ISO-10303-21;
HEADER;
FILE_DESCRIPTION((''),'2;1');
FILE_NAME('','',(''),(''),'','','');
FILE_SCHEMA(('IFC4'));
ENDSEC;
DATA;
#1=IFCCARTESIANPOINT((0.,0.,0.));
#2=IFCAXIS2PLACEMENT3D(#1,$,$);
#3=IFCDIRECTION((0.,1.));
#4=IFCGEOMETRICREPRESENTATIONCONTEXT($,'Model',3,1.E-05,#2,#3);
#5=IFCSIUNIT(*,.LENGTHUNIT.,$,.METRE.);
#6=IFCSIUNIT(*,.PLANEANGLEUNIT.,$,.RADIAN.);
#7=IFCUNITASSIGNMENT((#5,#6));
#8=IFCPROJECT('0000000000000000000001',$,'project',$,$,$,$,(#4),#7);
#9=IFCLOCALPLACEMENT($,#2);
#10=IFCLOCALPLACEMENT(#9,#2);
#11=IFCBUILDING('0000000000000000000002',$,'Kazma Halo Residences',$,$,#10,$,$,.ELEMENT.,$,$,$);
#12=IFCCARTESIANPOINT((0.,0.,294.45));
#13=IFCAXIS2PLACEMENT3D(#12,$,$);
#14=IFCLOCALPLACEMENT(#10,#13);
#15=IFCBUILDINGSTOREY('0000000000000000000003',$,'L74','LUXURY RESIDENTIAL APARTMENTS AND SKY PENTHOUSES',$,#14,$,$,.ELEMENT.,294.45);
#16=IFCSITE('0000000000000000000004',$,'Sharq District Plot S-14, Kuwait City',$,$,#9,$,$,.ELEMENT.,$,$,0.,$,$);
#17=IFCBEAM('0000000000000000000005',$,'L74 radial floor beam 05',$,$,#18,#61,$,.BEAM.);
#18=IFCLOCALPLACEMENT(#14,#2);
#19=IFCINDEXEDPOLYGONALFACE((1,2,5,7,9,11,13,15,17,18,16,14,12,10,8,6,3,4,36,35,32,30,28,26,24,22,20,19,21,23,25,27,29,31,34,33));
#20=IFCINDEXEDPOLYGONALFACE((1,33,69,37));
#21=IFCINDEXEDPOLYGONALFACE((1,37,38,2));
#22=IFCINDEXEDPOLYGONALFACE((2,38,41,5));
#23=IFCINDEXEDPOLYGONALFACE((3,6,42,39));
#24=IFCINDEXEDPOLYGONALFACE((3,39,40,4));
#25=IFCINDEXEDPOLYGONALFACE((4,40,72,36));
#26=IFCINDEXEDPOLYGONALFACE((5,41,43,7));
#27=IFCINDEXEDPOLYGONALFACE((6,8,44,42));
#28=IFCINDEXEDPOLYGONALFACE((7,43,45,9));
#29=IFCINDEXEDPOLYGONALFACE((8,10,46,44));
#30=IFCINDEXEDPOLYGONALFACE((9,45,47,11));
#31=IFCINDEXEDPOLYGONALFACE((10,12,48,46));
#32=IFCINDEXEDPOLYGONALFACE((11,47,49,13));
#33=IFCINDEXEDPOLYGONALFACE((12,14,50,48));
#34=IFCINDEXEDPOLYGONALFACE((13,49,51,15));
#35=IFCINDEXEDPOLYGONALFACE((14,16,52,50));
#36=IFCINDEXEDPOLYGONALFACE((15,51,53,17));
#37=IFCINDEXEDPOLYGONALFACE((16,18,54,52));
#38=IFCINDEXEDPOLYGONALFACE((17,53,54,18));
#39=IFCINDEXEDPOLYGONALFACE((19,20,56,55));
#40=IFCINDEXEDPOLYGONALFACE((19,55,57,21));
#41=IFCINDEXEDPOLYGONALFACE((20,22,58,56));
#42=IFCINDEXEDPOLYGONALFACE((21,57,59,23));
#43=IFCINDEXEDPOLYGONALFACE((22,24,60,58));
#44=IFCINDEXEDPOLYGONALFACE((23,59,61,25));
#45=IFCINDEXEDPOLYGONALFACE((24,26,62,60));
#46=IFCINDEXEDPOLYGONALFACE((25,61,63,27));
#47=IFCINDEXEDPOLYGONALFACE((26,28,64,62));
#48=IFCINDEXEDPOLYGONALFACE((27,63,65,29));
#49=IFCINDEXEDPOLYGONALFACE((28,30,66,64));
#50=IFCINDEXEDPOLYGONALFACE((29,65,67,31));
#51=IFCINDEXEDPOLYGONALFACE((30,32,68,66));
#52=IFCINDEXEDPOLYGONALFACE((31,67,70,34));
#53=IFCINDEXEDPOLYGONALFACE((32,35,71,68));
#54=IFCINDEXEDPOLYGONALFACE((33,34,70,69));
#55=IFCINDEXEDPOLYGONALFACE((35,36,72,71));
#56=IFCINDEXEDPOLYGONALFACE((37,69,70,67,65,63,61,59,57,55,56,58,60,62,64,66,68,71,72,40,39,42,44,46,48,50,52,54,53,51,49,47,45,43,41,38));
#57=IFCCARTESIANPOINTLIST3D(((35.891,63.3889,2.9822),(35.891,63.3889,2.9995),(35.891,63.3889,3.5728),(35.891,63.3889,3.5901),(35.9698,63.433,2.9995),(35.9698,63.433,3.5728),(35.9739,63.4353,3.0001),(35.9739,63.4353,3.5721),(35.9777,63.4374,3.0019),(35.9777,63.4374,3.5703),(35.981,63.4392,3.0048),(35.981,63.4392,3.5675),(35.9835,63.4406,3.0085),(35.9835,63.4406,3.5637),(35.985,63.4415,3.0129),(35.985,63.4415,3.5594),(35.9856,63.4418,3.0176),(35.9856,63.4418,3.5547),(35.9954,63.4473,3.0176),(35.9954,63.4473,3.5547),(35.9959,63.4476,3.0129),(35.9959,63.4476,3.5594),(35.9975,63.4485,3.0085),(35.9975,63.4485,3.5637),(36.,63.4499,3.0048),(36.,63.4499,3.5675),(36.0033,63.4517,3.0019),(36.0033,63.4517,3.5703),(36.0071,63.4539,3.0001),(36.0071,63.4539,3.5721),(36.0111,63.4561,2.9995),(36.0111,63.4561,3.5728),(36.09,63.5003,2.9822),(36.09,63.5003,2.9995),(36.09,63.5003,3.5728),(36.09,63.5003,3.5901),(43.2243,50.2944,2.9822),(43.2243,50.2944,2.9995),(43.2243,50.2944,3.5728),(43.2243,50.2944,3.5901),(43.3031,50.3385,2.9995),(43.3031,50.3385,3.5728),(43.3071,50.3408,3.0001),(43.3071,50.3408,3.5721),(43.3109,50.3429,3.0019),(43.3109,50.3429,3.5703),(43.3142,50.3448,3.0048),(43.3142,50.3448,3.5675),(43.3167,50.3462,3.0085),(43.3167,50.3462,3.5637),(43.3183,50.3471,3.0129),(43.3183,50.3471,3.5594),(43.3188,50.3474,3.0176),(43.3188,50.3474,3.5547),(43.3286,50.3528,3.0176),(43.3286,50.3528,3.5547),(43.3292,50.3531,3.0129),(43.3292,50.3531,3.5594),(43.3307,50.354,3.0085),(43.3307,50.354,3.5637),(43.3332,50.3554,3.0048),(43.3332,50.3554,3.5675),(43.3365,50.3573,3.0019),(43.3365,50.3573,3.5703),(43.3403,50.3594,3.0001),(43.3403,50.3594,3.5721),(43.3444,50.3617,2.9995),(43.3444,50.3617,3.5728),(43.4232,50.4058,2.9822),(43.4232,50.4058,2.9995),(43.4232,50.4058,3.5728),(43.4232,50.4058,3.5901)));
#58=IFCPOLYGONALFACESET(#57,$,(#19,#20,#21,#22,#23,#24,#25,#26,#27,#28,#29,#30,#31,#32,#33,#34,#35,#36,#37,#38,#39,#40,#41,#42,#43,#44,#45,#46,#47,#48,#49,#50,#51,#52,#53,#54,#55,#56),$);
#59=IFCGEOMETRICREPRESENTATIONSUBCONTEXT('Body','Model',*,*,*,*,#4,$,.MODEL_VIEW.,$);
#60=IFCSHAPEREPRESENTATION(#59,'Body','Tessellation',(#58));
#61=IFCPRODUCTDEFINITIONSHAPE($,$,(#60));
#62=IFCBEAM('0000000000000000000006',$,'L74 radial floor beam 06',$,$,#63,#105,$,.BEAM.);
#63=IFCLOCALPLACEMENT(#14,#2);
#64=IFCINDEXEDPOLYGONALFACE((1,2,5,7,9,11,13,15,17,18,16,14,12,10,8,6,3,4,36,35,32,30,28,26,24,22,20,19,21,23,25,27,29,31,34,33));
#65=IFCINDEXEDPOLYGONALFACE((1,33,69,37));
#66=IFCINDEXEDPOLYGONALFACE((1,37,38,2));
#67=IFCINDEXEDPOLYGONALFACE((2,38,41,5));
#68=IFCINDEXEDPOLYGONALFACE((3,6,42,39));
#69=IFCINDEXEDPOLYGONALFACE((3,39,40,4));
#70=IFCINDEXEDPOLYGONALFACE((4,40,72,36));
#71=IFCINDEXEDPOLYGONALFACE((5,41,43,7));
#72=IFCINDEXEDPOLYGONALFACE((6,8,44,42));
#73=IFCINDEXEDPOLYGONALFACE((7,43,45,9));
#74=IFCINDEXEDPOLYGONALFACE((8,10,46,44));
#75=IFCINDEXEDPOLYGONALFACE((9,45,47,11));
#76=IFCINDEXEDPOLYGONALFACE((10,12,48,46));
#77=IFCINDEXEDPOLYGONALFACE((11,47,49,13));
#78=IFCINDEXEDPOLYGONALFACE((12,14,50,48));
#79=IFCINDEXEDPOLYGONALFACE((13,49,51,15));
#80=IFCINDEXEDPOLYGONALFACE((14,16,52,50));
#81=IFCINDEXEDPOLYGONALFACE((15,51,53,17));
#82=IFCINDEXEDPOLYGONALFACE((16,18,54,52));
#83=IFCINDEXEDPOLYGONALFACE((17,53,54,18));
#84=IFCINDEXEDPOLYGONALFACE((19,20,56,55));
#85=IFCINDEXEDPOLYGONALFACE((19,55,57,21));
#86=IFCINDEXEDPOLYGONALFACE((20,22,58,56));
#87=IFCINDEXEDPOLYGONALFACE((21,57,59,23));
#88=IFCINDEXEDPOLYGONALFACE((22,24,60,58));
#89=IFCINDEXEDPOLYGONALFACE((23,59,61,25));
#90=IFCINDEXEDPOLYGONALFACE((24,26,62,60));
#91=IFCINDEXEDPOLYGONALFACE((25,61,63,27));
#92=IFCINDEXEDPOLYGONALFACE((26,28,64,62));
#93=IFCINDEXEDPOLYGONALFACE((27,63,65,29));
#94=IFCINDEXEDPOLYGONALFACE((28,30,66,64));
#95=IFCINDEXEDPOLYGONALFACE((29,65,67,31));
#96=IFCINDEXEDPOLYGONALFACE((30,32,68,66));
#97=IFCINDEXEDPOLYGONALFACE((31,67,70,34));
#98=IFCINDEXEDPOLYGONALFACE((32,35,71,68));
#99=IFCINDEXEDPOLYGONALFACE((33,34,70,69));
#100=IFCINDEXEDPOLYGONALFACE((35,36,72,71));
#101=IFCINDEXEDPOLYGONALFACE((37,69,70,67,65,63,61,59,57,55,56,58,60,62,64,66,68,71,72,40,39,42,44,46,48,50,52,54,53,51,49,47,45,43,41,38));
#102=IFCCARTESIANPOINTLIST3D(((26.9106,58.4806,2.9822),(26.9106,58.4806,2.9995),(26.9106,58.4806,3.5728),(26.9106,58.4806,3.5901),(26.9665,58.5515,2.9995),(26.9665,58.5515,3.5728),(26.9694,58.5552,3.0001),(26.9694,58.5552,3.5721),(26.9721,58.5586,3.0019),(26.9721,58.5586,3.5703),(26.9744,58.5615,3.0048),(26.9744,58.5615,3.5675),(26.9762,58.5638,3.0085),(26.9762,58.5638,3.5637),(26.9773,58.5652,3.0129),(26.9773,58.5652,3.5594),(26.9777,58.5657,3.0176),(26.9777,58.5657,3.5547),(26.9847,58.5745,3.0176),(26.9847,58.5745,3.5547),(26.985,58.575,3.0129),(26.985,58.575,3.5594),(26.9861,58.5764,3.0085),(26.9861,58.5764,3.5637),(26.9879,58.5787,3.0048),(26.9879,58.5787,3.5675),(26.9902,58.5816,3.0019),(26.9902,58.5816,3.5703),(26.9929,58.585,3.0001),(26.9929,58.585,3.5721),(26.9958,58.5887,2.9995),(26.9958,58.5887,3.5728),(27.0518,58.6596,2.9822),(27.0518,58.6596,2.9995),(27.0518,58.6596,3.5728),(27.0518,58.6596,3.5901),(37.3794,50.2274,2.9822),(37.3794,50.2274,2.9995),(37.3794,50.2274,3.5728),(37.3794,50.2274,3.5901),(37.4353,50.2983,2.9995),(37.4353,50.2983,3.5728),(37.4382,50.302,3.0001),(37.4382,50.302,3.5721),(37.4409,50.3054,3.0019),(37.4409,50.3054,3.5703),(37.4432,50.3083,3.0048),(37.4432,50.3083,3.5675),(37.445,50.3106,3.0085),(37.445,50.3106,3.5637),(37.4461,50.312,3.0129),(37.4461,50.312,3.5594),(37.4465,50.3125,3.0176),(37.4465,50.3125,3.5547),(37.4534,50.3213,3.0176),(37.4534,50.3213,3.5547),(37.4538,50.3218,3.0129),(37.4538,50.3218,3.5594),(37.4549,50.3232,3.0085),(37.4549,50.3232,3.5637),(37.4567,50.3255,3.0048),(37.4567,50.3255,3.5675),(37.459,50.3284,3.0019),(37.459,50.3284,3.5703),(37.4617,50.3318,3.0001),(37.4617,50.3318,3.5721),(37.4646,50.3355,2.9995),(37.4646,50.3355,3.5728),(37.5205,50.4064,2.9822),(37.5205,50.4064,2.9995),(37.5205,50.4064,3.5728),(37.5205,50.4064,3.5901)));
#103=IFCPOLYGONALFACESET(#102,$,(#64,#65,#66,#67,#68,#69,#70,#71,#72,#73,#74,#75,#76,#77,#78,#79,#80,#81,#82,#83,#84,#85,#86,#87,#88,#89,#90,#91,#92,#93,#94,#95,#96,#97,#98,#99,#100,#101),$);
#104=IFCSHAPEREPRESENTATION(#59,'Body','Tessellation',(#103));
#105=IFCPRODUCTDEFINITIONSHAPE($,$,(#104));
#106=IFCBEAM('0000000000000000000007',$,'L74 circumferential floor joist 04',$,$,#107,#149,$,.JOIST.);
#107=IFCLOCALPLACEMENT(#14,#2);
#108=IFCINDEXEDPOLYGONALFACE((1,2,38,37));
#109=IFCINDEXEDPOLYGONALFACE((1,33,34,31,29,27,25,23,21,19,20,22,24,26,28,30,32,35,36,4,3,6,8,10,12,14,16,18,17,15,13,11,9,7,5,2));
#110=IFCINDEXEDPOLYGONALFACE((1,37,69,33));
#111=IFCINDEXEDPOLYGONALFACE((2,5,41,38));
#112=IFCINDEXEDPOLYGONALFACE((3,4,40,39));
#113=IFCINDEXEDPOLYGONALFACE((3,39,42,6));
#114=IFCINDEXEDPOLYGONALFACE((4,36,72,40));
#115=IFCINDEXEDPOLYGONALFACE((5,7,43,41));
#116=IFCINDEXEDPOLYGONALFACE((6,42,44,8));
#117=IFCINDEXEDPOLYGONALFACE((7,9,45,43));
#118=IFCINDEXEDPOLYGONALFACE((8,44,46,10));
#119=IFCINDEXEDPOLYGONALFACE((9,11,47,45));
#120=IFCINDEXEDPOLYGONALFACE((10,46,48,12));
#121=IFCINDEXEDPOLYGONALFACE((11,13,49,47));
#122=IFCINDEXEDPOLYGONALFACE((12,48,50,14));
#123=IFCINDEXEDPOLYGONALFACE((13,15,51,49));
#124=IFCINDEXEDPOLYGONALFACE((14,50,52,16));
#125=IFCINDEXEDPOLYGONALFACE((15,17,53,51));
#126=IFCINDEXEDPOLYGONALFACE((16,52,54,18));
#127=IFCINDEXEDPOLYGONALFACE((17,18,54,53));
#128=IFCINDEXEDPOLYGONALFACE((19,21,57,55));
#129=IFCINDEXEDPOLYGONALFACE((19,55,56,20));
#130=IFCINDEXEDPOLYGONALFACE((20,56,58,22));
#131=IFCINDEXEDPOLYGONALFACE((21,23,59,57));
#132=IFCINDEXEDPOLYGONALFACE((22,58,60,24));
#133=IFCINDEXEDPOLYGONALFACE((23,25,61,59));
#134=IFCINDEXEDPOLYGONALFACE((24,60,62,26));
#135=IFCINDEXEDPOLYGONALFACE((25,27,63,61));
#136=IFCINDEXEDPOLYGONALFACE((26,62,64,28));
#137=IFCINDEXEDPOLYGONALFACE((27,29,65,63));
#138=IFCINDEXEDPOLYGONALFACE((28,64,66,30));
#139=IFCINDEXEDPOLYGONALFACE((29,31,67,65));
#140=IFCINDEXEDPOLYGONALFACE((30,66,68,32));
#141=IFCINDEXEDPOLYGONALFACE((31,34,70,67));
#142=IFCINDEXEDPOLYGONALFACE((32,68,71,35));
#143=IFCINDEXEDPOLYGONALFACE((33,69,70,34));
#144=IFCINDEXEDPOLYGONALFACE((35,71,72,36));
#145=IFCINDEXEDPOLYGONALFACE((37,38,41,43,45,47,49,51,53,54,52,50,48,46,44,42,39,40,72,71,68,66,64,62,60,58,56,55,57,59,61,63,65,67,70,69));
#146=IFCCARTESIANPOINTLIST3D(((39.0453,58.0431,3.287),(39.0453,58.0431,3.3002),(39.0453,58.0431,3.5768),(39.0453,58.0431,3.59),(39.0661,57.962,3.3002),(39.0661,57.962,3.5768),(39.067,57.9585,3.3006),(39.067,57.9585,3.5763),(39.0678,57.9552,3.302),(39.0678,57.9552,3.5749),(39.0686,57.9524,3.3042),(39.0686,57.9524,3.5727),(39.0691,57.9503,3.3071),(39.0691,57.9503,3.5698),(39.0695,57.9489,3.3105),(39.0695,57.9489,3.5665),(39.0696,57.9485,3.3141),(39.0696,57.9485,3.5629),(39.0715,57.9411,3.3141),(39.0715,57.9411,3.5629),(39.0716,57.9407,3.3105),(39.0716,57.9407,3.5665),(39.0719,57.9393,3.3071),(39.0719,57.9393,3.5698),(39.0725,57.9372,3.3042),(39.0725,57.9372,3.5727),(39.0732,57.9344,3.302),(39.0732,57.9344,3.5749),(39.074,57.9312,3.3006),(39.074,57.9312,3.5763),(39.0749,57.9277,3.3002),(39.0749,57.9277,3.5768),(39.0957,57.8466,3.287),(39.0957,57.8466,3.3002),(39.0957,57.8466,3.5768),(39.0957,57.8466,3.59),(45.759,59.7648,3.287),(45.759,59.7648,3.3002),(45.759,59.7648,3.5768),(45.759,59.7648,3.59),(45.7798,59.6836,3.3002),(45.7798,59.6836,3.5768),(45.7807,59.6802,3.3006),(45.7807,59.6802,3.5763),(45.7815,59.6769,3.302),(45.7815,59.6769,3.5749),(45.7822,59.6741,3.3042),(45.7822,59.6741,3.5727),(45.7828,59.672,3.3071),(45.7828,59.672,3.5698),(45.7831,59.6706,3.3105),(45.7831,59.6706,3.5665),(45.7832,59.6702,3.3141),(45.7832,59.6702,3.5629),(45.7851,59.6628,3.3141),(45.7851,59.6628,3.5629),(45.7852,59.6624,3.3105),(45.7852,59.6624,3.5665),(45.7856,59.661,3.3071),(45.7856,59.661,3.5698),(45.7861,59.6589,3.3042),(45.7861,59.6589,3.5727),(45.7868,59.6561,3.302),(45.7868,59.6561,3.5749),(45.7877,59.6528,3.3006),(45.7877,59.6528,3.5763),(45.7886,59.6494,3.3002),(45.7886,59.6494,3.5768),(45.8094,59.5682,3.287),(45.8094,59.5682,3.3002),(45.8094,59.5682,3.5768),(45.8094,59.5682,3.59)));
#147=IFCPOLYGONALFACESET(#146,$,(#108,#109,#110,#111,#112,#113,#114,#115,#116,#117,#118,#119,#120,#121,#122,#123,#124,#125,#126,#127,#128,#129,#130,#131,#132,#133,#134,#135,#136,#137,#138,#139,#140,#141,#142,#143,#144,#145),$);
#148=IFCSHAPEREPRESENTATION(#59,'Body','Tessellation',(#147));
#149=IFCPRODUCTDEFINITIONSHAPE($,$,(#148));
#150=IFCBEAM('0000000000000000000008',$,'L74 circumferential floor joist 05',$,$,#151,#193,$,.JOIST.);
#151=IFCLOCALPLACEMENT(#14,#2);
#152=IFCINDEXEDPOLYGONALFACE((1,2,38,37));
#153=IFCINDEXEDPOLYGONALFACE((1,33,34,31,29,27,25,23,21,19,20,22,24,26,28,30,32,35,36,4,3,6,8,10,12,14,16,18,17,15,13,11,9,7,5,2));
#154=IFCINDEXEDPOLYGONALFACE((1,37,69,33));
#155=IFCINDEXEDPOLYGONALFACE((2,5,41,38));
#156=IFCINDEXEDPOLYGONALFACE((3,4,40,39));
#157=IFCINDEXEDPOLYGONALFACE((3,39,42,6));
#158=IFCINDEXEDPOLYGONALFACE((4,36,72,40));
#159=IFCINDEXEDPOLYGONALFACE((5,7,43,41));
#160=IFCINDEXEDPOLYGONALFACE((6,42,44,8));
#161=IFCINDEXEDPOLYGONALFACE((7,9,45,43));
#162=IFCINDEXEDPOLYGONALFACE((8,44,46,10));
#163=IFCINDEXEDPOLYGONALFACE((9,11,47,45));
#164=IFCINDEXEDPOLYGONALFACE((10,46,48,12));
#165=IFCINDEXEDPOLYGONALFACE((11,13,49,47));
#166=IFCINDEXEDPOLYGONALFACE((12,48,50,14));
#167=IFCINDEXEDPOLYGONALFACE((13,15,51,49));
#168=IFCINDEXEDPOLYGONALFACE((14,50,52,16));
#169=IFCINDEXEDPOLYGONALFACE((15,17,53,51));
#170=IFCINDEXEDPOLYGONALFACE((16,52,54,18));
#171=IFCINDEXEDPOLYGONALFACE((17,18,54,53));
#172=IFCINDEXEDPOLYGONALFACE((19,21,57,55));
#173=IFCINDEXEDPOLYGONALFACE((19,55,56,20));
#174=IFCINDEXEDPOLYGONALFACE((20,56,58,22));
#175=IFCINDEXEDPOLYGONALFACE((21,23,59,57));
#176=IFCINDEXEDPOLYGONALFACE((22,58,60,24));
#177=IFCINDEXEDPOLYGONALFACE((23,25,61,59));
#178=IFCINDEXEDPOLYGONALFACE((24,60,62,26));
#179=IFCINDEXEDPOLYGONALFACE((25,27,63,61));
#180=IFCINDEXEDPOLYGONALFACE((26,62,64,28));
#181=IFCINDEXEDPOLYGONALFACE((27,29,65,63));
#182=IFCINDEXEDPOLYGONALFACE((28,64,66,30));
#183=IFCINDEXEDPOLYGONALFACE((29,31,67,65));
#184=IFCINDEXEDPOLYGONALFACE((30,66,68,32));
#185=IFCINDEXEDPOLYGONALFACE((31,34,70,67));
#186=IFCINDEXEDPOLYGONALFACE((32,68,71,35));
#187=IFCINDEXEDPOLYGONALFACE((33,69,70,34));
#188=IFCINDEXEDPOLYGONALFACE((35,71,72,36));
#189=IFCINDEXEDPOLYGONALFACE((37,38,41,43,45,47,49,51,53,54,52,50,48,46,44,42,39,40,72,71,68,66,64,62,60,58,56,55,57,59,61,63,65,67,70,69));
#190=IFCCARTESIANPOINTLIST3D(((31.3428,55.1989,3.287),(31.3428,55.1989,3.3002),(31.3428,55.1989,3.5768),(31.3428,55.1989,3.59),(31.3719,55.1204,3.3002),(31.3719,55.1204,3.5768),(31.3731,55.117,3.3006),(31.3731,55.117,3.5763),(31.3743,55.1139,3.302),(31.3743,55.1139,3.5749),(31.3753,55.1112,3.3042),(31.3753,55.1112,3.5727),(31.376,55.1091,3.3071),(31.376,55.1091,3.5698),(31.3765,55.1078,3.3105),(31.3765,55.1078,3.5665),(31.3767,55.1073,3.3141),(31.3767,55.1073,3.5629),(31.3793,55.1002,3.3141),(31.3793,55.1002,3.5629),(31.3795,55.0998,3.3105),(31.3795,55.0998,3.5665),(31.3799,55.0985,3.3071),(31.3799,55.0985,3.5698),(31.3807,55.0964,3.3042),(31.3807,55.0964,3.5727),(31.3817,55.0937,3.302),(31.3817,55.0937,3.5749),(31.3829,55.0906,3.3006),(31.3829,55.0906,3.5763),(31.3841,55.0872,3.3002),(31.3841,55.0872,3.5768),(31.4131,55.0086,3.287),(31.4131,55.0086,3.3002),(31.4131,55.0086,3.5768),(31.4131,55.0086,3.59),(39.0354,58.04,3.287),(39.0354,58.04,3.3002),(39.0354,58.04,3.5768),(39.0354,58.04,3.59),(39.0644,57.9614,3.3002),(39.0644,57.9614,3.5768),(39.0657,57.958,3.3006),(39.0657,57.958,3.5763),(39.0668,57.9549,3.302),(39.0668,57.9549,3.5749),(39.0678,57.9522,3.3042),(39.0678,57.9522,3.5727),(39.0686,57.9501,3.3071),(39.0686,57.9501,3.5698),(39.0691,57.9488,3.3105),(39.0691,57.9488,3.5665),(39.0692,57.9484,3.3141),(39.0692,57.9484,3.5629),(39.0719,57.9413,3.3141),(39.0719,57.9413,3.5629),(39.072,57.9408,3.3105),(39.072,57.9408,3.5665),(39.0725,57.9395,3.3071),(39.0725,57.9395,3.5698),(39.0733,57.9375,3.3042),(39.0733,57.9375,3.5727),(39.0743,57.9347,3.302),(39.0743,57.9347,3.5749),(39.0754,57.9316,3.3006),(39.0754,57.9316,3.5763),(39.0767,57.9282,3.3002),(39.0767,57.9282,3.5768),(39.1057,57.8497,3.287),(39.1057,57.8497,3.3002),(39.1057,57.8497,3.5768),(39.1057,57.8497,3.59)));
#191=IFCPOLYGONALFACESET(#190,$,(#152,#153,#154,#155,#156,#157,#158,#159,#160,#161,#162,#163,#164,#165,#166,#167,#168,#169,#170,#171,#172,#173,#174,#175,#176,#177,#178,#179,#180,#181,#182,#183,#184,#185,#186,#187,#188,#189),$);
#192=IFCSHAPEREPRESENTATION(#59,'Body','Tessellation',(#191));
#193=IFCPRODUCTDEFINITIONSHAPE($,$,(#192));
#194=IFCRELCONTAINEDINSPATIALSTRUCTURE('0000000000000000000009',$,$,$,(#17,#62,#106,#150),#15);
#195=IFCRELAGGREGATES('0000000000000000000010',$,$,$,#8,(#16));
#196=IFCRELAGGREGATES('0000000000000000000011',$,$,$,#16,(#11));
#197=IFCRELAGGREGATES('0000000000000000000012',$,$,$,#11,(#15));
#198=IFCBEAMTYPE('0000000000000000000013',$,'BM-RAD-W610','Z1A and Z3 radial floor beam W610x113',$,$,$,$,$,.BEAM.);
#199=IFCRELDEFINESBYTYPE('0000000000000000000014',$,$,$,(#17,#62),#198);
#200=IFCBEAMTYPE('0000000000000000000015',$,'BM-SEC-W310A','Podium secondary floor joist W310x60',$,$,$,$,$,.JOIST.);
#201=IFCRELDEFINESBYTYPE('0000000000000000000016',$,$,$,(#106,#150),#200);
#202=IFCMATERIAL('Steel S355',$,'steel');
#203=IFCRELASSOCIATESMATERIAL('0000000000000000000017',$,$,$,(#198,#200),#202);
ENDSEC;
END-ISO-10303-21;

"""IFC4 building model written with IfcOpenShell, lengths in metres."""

from ifc_helpers import new_model, si_unit, direction, frame, origin, origin_2d, place, context, subcontext, project, spatial, i_section, extrude, material, material_profile, profile_set, type_object, element, save


model = new_model("IFC4")

# Units and contexts
model_context = context("Model", 3, precision=1e-05, world=origin(), true_north=direction((0.0, 1.0)))
body_context = subcontext(model_context, "Body", "Model", "MODEL_VIEW")
ifc_project = project(units=[si_unit("LENGTHUNIT", "METRE"), si_unit("PLANEANGLEUNIT", "RADIAN")], contexts=[model_context])

# Site, building, storey
site_placement = place(None, origin())
site = spatial("IfcSite", under=ifc_project, at=site_placement, Name="Sharq District Plot S-14, Kuwait City", CompositionType="ELEMENT", RefElevation=0.0)
building_placement = place(site_placement, origin())
building = spatial("IfcBuilding", under=site, at=building_placement, Name="Kazma Halo Residences", CompositionType="ELEMENT")
storey_placement = place(building_placement, frame((0.0, 0.0, 294.45)))
storey = spatial("IfcBuildingStorey", under=building, at=storey_placement, Name="L74", Description="LUXURY RESIDENTIAL APARTMENTS AND SKY PENTHOUSES", CompositionType="ELEMENT", Elevation=294.45)

# Beams
ifc_material_1 = material(Name="Steel S355", Category="steel")
ifc_material_profile_1 = material_profile(ifc_material_1, i_section(OverallWidth=0.228, OverallDepth=0.6079, WebThickness=0.0112, FlangeThickness=0.0173, FilletRadius=0.0181, at=origin_2d()), Name="W610x113")
ifc_profile_set_1 = profile_set([ifc_material_profile_1], Name="Steel S355")
beam_type_1 = type_object("IfcBeamType", Name="BM-RAD-W610", Description="Z1A and Z3 radial floor beam W610x113", PredefinedType="BEAM", material=ifc_profile_set_1)
beam_1_placement = place(storey_placement, frame((43.3237, 50.3501, 3.2861), z_axis=(-0.488621, 0.872496, 0.0), x_axis=(-0.872496, -0.488621, 0.0)))
element("IfcBeam", 1, at=beam_1_placement, inside=storey, type_object=beam_type_1, Name="L74 radial floor beam 05", PredefinedType="BEAM", context=body_context, shape_type="SweptSolid", body=[
    extrude(i_section(OverallWidth=0.228, OverallDepth=0.6079, WebThickness=0.0112, FlangeThickness=0.0173, FilletRadius=0.0181, at=origin_2d()), origin(), (0.0, 0.0, 1.0), 15.0081),
])
beam_2_placement = place(storey_placement, frame((37.45, 50.3169, 3.2861), z_axis=(-0.785307, 0.619107, 0.0), x_axis=(-0.619107, -0.785307, 0.0)))
element("IfcBeam", 2, at=beam_2_placement, inside=storey, type_object=beam_type_1, Name="L74 radial floor beam 06", PredefinedType="BEAM", context=body_context, shape_type="SweptSolid", body=[
    extrude(i_section(OverallWidth=0.228, OverallDepth=0.6079, WebThickness=0.0112, FlangeThickness=0.0173, FilletRadius=0.0181, at=origin_2d()), origin(), (0.0, 0.0, 1.0), 13.3308),
])
ifc_material_profile_2 = material_profile(ifc_material_1, i_section(OverallWidth=0.2029, OverallDepth=0.303, WebThickness=0.0076, FlangeThickness=0.0132, FilletRadius=0.0139, at=origin_2d()), Name="W310x60")
ifc_profile_set_2 = profile_set([ifc_material_profile_2], Name="Steel S355")
beam_type_2 = type_object("IfcBeamType", Name="BM-SEC-W310A", Description="Podium secondary floor joist W310x60", PredefinedType="JOIST", material=ifc_profile_set_2)
beam_3_placement = place(storey_placement, frame((45.7842, 59.6665, 3.4385), z_axis=(-0.968656, -0.248408, 0.0), x_axis=(0.248408, -0.968656, 0.0)))
element("IfcBeam", 3, at=beam_3_placement, inside=storey, type_object=beam_type_2, Name="L74 circumferential floor joist 04", PredefinedType="JOIST", context=body_context, shape_type="SweptSolid", body=[
    extrude(i_section(OverallWidth=0.2029, OverallDepth=0.303, WebThickness=0.0076, FlangeThickness=0.0132, FilletRadius=0.0139, at=origin_2d()), origin(), (0.0, 0.0, 1.0), 6.9309),
])
beam_4_placement = place(storey_placement, frame((39.0706, 57.9448, 3.4385), z_axis=(-0.938068, -0.34645, 0.0), x_axis=(0.34645, -0.938068, 0.0)))
element("IfcBeam", 4, at=beam_4_placement, inside=storey, type_object=beam_type_2, Name="L74 circumferential floor joist 05", PredefinedType="JOIST", context=body_context, shape_type="SweptSolid", body=[
    extrude(i_section(OverallWidth=0.2029, OverallDepth=0.303, WebThickness=0.0076, FlangeThickness=0.0132, FilletRadius=0.0139, at=origin_2d()), origin(), (0.0, 0.0, 1.0), 8.2004),
])

save(model, "model.ifc")
